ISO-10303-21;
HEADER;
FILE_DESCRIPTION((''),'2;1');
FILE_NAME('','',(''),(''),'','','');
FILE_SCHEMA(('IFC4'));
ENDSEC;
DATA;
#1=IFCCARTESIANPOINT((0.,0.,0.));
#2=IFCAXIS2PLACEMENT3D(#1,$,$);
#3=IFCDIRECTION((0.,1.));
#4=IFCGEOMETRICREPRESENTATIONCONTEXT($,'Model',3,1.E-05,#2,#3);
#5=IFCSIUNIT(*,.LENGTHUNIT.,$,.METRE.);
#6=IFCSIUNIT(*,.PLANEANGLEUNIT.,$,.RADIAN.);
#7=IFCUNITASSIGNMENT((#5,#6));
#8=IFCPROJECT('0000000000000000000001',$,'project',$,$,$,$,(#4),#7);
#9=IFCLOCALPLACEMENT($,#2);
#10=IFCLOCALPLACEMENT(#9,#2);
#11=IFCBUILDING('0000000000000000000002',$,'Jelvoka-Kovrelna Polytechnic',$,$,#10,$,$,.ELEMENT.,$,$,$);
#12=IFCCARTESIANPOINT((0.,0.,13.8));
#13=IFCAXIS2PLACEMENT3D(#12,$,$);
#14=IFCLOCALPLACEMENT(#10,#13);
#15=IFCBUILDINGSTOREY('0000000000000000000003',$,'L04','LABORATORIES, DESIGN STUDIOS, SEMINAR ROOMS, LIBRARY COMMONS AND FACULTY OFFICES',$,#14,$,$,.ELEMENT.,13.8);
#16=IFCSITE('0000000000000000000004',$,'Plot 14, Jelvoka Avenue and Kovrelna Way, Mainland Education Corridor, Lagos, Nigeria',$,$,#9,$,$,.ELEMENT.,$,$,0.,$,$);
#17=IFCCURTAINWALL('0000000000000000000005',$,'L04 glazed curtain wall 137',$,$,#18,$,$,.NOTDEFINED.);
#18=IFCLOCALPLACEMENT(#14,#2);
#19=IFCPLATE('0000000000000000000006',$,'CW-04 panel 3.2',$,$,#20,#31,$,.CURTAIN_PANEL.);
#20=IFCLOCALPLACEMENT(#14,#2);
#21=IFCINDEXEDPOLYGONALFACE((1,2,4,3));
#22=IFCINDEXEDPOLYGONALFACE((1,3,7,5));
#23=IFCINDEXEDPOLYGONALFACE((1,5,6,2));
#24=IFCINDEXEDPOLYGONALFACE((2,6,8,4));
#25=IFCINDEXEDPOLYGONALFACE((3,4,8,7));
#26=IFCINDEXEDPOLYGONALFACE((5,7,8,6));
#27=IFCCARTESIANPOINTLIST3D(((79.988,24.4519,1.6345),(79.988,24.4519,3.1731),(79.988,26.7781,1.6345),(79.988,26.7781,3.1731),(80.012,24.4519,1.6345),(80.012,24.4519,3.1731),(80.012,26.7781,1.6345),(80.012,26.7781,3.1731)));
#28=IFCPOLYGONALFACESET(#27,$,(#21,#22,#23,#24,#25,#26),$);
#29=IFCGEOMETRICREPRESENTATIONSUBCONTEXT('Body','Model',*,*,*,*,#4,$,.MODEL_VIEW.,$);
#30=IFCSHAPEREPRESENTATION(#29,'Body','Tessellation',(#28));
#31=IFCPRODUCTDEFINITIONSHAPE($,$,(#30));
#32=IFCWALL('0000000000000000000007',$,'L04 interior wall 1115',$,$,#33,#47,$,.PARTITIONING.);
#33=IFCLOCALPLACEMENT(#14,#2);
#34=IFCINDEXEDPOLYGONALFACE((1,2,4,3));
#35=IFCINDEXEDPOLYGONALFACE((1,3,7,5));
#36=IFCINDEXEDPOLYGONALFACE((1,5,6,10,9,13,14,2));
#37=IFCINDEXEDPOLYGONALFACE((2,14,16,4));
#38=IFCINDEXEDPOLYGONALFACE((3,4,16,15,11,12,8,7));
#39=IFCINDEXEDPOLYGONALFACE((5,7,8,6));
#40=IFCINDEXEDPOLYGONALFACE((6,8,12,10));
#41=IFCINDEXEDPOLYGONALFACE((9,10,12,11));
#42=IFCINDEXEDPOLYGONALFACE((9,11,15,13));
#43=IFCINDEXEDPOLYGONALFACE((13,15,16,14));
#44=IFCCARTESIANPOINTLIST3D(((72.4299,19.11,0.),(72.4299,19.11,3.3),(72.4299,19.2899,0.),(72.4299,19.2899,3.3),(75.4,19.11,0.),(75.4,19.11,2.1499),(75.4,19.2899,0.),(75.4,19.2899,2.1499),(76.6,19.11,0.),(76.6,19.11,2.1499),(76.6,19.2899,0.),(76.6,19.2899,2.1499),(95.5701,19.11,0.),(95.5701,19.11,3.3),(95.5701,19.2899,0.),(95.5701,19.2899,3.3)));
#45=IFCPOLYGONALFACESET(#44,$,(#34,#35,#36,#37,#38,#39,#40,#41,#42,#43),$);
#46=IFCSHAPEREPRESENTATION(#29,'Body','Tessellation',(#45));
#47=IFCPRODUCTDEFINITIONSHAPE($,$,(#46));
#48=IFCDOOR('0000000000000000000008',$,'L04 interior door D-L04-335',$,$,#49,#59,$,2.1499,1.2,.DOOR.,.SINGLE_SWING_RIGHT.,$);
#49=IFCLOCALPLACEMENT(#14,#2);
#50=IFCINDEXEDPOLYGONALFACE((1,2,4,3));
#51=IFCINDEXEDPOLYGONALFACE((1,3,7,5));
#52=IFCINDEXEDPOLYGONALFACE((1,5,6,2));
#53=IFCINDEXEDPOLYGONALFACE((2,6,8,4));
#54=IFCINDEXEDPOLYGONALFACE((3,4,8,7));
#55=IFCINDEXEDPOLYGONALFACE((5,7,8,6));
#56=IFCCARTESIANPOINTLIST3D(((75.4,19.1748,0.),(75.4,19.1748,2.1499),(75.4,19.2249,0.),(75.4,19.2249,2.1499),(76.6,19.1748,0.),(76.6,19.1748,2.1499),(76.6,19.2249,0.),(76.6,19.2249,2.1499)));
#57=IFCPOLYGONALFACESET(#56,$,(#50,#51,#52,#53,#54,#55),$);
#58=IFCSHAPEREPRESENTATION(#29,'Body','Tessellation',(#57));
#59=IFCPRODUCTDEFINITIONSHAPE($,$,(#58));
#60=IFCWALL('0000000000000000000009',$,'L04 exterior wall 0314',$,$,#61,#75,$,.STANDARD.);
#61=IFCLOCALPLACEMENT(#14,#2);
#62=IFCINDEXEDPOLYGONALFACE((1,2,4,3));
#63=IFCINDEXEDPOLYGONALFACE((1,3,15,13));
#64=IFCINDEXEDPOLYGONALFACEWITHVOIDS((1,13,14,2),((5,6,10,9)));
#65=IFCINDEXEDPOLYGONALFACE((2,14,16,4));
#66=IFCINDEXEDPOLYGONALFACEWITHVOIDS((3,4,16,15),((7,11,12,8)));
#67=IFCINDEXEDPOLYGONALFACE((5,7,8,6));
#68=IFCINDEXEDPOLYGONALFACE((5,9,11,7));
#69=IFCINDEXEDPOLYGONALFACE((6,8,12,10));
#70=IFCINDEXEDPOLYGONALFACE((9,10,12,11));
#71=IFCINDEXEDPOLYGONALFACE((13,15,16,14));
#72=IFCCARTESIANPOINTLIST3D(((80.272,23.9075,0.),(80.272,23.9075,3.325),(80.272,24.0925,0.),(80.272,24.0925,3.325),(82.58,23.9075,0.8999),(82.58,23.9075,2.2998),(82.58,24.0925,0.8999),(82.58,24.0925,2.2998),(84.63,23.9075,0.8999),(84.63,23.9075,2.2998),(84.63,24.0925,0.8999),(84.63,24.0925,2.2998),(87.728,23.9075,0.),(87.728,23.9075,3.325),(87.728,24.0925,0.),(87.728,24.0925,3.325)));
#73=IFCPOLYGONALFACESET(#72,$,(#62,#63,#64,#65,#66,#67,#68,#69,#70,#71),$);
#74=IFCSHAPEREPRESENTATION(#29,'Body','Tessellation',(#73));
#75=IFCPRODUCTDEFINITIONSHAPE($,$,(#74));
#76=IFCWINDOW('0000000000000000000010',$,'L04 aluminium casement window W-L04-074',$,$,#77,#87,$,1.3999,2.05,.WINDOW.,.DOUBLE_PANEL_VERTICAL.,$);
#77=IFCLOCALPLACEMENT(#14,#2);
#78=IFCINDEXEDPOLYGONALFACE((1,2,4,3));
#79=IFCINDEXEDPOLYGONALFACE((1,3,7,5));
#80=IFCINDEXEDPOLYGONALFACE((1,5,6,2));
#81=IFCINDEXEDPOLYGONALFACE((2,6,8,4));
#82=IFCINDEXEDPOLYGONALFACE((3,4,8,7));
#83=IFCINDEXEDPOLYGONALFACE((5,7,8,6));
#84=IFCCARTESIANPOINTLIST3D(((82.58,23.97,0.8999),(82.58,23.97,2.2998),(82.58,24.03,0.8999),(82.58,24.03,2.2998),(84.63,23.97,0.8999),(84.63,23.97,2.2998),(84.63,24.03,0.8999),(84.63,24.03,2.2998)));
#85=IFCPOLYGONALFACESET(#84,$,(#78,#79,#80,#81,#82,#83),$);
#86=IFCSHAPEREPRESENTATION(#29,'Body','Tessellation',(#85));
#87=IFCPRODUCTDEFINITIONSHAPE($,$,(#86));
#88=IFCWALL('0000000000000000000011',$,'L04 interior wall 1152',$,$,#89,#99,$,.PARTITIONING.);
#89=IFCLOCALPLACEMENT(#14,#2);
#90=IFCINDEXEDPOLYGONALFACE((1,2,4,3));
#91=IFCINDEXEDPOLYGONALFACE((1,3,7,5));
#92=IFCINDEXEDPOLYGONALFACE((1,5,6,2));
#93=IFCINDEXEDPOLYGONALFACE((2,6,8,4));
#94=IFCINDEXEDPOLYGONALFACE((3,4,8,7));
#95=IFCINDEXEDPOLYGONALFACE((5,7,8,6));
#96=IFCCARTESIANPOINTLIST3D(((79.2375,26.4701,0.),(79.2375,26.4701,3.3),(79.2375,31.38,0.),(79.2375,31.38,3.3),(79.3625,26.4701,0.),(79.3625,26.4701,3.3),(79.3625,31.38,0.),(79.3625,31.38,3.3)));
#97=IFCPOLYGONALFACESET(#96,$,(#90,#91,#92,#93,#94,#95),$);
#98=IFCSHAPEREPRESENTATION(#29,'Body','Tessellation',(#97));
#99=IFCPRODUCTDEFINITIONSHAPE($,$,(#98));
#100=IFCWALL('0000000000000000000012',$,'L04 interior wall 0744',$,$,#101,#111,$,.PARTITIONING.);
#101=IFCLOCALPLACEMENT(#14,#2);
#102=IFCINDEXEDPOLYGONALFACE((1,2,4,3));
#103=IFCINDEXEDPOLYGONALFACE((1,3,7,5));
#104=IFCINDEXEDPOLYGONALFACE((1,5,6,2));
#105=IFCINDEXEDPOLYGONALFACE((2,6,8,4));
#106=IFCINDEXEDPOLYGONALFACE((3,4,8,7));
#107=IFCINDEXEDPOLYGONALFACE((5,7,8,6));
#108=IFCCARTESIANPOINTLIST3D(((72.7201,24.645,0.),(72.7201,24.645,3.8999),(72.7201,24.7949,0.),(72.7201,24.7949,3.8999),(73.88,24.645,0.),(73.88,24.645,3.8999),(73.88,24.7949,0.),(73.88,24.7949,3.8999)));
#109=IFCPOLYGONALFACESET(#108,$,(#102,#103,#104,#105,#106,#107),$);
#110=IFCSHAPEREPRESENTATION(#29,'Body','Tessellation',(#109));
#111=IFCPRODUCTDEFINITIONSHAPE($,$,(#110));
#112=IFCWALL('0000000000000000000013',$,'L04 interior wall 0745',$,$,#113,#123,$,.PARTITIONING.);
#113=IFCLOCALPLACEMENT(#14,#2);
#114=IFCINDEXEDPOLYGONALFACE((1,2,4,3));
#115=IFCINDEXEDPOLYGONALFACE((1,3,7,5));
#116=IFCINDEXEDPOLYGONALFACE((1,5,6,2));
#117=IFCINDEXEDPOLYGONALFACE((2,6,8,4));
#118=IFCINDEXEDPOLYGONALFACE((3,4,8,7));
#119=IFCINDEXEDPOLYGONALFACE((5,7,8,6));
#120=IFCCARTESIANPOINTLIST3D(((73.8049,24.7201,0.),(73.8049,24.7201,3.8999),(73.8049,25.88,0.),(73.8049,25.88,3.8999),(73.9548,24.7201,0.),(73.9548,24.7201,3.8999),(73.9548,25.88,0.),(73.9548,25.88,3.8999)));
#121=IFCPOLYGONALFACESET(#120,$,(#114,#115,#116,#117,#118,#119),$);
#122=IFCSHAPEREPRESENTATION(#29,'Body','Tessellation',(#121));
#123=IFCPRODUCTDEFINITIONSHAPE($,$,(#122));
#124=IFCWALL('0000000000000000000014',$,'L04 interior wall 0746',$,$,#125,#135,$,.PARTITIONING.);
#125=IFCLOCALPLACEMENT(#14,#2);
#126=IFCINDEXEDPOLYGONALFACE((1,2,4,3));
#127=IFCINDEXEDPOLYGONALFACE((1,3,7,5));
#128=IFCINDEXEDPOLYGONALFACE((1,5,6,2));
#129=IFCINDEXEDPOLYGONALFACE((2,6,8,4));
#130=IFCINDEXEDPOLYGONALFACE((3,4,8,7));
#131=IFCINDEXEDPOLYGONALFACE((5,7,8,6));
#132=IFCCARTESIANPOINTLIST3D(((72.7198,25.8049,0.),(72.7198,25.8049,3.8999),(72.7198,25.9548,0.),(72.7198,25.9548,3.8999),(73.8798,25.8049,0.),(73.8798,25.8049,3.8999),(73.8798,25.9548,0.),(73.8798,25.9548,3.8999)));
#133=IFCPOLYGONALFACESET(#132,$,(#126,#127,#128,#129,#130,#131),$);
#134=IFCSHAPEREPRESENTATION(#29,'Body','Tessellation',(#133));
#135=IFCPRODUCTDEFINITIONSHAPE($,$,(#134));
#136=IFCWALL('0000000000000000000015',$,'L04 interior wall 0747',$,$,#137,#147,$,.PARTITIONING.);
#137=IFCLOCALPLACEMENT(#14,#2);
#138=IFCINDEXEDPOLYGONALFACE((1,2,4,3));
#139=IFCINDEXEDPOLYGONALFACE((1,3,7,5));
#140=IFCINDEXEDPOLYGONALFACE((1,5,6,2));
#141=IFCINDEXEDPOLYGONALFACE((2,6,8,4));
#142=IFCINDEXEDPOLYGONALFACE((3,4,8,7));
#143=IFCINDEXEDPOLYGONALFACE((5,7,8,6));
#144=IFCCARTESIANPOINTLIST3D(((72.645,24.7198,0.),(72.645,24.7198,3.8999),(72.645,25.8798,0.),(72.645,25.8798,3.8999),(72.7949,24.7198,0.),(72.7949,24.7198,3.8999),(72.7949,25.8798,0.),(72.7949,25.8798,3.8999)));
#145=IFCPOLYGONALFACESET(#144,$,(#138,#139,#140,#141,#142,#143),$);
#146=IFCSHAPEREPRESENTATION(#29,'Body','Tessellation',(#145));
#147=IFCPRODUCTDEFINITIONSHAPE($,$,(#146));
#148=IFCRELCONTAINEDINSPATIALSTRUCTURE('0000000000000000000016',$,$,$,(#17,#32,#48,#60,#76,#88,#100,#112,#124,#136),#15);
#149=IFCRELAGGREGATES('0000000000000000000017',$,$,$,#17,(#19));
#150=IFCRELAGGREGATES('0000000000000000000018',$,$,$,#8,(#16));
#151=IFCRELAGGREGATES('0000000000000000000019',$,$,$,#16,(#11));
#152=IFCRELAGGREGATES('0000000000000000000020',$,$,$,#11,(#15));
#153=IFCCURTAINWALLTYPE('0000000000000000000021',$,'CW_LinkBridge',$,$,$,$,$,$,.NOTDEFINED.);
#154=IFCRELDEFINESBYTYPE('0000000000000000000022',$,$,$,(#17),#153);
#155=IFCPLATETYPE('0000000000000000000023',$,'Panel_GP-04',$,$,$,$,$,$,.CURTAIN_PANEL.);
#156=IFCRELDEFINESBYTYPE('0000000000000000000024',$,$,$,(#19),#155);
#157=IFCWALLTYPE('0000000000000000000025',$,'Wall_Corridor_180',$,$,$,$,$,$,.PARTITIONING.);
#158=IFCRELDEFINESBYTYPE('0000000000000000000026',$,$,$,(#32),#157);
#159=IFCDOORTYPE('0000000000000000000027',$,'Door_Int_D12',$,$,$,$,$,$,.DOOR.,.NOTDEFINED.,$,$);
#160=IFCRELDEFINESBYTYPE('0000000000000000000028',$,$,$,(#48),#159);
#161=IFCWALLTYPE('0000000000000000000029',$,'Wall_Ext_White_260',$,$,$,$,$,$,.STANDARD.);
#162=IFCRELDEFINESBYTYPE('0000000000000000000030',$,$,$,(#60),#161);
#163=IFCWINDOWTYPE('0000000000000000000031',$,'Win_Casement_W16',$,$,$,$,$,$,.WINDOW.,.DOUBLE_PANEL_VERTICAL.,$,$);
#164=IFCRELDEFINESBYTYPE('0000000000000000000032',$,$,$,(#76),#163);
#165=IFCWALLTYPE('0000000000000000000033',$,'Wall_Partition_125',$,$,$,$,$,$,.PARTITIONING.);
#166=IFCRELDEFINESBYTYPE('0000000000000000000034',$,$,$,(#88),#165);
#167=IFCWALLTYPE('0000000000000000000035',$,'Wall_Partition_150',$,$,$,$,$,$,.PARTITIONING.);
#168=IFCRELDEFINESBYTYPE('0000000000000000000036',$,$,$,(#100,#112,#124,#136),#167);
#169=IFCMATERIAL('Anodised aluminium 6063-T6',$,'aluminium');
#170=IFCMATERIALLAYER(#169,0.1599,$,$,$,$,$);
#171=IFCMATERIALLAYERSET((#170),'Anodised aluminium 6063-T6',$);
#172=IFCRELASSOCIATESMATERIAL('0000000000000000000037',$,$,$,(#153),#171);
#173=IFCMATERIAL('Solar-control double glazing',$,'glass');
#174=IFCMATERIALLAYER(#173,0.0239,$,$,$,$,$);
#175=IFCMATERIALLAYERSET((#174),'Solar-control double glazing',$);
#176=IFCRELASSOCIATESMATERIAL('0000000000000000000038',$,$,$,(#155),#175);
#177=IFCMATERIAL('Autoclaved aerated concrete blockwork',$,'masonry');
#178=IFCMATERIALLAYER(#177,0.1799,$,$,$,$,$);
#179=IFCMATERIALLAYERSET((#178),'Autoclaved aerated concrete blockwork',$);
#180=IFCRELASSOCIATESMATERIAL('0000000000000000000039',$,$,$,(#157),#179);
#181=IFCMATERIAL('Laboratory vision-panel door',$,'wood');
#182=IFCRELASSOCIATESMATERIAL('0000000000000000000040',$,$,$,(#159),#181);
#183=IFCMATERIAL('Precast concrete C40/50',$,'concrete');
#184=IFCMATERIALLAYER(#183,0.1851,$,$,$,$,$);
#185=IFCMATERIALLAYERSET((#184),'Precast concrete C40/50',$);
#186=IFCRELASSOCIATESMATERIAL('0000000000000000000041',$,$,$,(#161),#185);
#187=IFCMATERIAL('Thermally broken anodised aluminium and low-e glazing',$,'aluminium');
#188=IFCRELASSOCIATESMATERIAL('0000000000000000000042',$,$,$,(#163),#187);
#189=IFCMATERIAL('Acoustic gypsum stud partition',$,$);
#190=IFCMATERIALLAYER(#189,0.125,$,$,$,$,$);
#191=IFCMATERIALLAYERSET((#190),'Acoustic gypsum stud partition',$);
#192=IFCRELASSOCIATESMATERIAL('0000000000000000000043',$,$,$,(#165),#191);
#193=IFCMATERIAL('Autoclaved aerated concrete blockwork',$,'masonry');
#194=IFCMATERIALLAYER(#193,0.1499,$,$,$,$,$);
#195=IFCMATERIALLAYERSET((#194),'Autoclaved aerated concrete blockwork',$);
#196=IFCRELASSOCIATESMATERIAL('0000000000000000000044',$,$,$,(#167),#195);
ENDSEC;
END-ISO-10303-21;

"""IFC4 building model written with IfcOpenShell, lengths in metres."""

from ifc_helpers import new_model, si_unit, direction, frame, frame_2d, origin, origin_2d, place, context, subcontext, project, spatial, rectangle, extrude, material, layer, layer_set, type_object, element, fill, aggregate, save


model = new_model("IFC4")

# Units and contexts
model_context = context("Model", 3, precision=1e-05, world=origin(), true_north=direction((0.0, 1.0)))
body_context = subcontext(model_context, "Body", "Model", "MODEL_VIEW")
ifc_project = project(units=[si_unit("LENGTHUNIT", "METRE"), si_unit("PLANEANGLEUNIT", "RADIAN")], contexts=[model_context])

# Site, building, storey
site_placement = place(None, origin())
site = spatial("IfcSite", under=ifc_project, at=site_placement, Name="Plot 14, Jelvoka Avenue and Kovrelna Way, Mainland Education Corridor, Lagos, Nigeria", CompositionType="ELEMENT", RefElevation=0.0)
building_placement = place(site_placement, origin())
building = spatial("IfcBuilding", under=site, at=building_placement, Name="Jelvoka-Kovrelna Polytechnic", CompositionType="ELEMENT")
storey_placement = place(building_placement, frame((0.0, 0.0, 13.8)))
storey = spatial("IfcBuildingStorey", under=building, at=storey_placement, Name="L04", Description="LABORATORIES, DESIGN STUDIOS, SEMINAR ROOMS, LIBRARY COMMONS AND FACULTY OFFICES", CompositionType="ELEMENT", Elevation=13.8)

# Curtain wall
ifc_material_1 = material(Name="Anodised aluminium 6063-T6", Category="aluminium")
ifc_layer_1 = layer(ifc_material_1, 0.1599)
ifc_layer_set_1 = layer_set([ifc_layer_1], Name="Anodised aluminium 6063-T6")
curtain_wall_type = type_object("IfcCurtainWallType", Name="CW_LinkBridge", PredefinedType="NOTDEFINED", material=ifc_layer_set_1)
curtain_wall_placement = place(storey_placement, origin())
curtain_wall = element("IfcCurtainWall", 1, at=curtain_wall_placement, inside=storey, type_object=curtain_wall_type, Name="L04 glazed curtain wall 137", PredefinedType="NOTDEFINED")

# Plate
ifc_material_2 = material(Name="Solar-control double glazing", Category="glass")
ifc_layer_2 = layer(ifc_material_2, 0.0239)
ifc_layer_set_2 = layer_set([ifc_layer_2], Name="Solar-control double glazing")
plate_type = type_object("IfcPlateType", Name="Panel_GP-04", PredefinedType="CURTAIN_PANEL", material=ifc_layer_set_2)
plate_1_placement = place(storey_placement, frame((80.0, 25.615, 1.6345), z_axis=(0.0, 0.0, 1.0), x_axis=(0.0, -1.0, 0.0)))
plate_1 = element("IfcPlate", 2, at=plate_1_placement, type_object=plate_type, Name="CW-04 panel 3.2", PredefinedType="CURTAIN_PANEL", context=body_context, shape_type="SweptSolid", body=[
    extrude(rectangle(XDim=2.3262, YDim=0.0239, at=origin_2d()), origin(), (0.0, 0.0, 1.0), 1.5386),
])
aggregate(curtain_wall, [plate_1])

# Wall, opening, door
ifc_material_3 = material(Name="Autoclaved aerated concrete blockwork", Category="masonry")
ifc_layer_3 = layer(ifc_material_3, 0.1799)
ifc_layer_set_3 = layer_set([ifc_layer_3], Name="Autoclaved aerated concrete blockwork")
wall_type_1 = type_object("IfcWallType", Name="Wall_Corridor_180", PredefinedType="PARTITIONING", material=ifc_layer_set_3)
wall_1_placement = place(storey_placement, frame((72.4299, 19.2, 0.0), z_axis=(0.0, 0.0, 1.0), x_axis=(1.0, 0.0, 0.0)))
wall_1 = element("IfcWall", 3, at=wall_1_placement, inside=storey, type_object=wall_type_1, Name="L04 interior wall 1115", PredefinedType="PARTITIONING", context=body_context, shape_type="SweptSolid", body=[
    extrude(rectangle(XDim=23.1401, YDim=0.1799, at=frame_2d((11.5701, 0.0))), origin(), (0.0, 0.0, 1.0), 3.3),
])
opening_1_placement = place(wall_1_placement, frame((2.97, 0.0, 0.0)))
opening_1 = element("IfcOpeningElement", 4, at=opening_1_placement, cuts=wall_1, PredefinedType="OPENING", context=body_context, shape_type="SweptSolid", body=[
    extrude(rectangle(XDim=1.2, YDim=2.1499, at=frame_2d((0.6001, 1.075))), frame((0.0, 0.0999, 0.0), z_axis=(0.0, -1.0, 0.0), x_axis=(1.0, 0.0, 0.0)), (0.0, 0.0, 1.0), 0.2),
])
ifc_material_4 = material(Name="Laboratory vision-panel door", Category="wood")
door_type = type_object("IfcDoorType", Name="Door_Int_D12", OperationType="NOTDEFINED", PredefinedType="DOOR", material=ifc_material_4)
door_placement = place(opening_1_placement, origin())
door = element("IfcDoor", 5, at=door_placement, inside=storey, type_object=door_type, Name="L04 interior door D-L04-335", OperationType="SINGLE_SWING_RIGHT", OverallHeight=2.1499, OverallWidth=1.2, PredefinedType="DOOR", context=body_context, shape_type="SweptSolid", body=[
    extrude(rectangle(XDim=1.2, YDim=2.1499, at=frame_2d((0.6001, 1.075))), frame((0.0, 0.0249, 0.0), z_axis=(0.0, -1.0, 0.0), x_axis=(1.0, 0.0, 0.0)), (0.0, 0.0, 1.0), 0.05),
])
fill(opening_1, door)

# Wall, opening, window
ifc_material_5 = material(Name="Precast concrete C40/50", Category="concrete")
ifc_layer_4 = layer(ifc_material_5, 0.1851)
ifc_layer_set_4 = layer_set([ifc_layer_4], Name="Precast concrete C40/50")
wall_type_2 = type_object("IfcWallType", Name="Wall_Ext_White_260", PredefinedType="STANDARD", material=ifc_layer_set_4)
wall_2_placement = place(storey_placement, frame((80.272, 24.0, 0.0), z_axis=(0.0, 0.0, 1.0), x_axis=(1.0, 0.0, 0.0)))
wall_2 = element("IfcWall", 6, at=wall_2_placement, inside=storey, type_object=wall_type_2, Name="L04 exterior wall 0314", PredefinedType="STANDARD", context=body_context, shape_type="SweptSolid", body=[
    extrude(rectangle(XDim=7.4561, YDim=0.1851, at=frame_2d((3.728, 0.0))), origin(), (0.0, 0.0, 1.0), 3.325),
])
opening_2_placement = place(wall_2_placement, frame((2.3081, 0.0, 0.8999)))
opening_2 = element("IfcOpeningElement", 7, at=opening_2_placement, cuts=wall_2, PredefinedType="OPENING", context=body_context, shape_type="SweptSolid", body=[
    extrude(rectangle(XDim=2.05, YDim=1.3999, at=frame_2d((1.0249, 0.7))), frame((0.0, 0.1025, 0.0), z_axis=(0.0, -1.0, 0.0), x_axis=(1.0, 0.0, 0.0)), (0.0, 0.0, 1.0), 0.2051),
])
ifc_material_6 = material(Name="Thermally broken anodised aluminium and low-e glazing", Category="aluminium")
window_type = type_object("IfcWindowType", Name="Win_Casement_W16", PartitioningType="DOUBLE_PANEL_VERTICAL", PredefinedType="WINDOW", material=ifc_material_6)
window_placement = place(opening_2_placement, origin())
window = element("IfcWindow", 8, at=window_placement, inside=storey, type_object=window_type, Name="L04 aluminium casement window W-L04-074", OverallHeight=1.3999, OverallWidth=2.05, PartitioningType="DOUBLE_PANEL_VERTICAL", PredefinedType="WINDOW", context=body_context, shape_type="SweptSolid", body=[
    extrude(rectangle(XDim=2.05, YDim=1.3999, at=frame_2d((1.0249, 0.7))), frame((0.0, 0.03, 0.0), z_axis=(0.0, -1.0, 0.0), x_axis=(1.0, 0.0, 0.0)), (0.0, 0.0, 1.0), 0.0601),
])
fill(opening_2, window)

# Walls
ifc_material_7 = material(Name="Acoustic gypsum stud partition")
ifc_layer_5 = layer(ifc_material_7, 0.125)
ifc_layer_set_5 = layer_set([ifc_layer_5], Name="Acoustic gypsum stud partition")
wall_type_3 = type_object("IfcWallType", Name="Wall_Partition_125", PredefinedType="PARTITIONING", material=ifc_layer_set_5)
wall_3_placement = place(storey_placement, frame((79.3, 26.47, 0.0), z_axis=(0.0, 0.0, 1.0), x_axis=(0.0, 1.0, 0.0)))
element("IfcWall", 9, at=wall_3_placement, inside=storey, type_object=wall_type_3, Name="L04 interior wall 1152", PredefinedType="PARTITIONING", context=body_context, shape_type="SweptSolid", body=[
    extrude(rectangle(XDim=4.9099, YDim=0.125, at=frame_2d((2.4551, 0.0))), origin(), (0.0, 0.0, 1.0), 3.3),
])
ifc_material_8 = material(Name="Autoclaved aerated concrete blockwork", Category="masonry")
ifc_layer_6 = layer(ifc_material_8, 0.1499)
ifc_layer_set_6 = layer_set([ifc_layer_6], Name="Autoclaved aerated concrete blockwork")
wall_type_4 = type_object("IfcWallType", Name="Wall_Partition_150", PredefinedType="PARTITIONING", material=ifc_layer_set_6)
for number, where, z_axis, x_axis, name in (
    (10, (72.72, 24.72, 0.0), (0.0, 0.0, 1.0), (1.0, 0.0, 0.0), "L04 interior wall 0744"),
    (11, (73.8799, 24.72, 0.0), (0.0, 0.0, 1.0), (0.0, 1.0, 0.0), "L04 interior wall 0745"),
    (12, (73.8799, 25.8799, 0.0), (0.0, 0.0, 1.0), (-1.0, 0.0, 0.0), "L04 interior wall 0746"),
    (13, (72.72, 25.8799, 0.0), (0.0, 0.0, 1.0), (0.0, -1.0, 0.0), "L04 interior wall 0747"),
):
    element("IfcWall", number, at=place(storey_placement, frame(where, z_axis=z_axis, x_axis=x_axis)), inside=storey, type_object=wall_type_4, Name=name, PredefinedType="PARTITIONING", context=body_context, shape_type="SweptSolid", body=[
        extrude(rectangle(XDim=1.1599, YDim=0.1499, at=frame_2d((0.5801, 0.0))), origin(), (0.0, 0.0, 1.0), 3.8999),
    ])

save(model, "model.ifc")
